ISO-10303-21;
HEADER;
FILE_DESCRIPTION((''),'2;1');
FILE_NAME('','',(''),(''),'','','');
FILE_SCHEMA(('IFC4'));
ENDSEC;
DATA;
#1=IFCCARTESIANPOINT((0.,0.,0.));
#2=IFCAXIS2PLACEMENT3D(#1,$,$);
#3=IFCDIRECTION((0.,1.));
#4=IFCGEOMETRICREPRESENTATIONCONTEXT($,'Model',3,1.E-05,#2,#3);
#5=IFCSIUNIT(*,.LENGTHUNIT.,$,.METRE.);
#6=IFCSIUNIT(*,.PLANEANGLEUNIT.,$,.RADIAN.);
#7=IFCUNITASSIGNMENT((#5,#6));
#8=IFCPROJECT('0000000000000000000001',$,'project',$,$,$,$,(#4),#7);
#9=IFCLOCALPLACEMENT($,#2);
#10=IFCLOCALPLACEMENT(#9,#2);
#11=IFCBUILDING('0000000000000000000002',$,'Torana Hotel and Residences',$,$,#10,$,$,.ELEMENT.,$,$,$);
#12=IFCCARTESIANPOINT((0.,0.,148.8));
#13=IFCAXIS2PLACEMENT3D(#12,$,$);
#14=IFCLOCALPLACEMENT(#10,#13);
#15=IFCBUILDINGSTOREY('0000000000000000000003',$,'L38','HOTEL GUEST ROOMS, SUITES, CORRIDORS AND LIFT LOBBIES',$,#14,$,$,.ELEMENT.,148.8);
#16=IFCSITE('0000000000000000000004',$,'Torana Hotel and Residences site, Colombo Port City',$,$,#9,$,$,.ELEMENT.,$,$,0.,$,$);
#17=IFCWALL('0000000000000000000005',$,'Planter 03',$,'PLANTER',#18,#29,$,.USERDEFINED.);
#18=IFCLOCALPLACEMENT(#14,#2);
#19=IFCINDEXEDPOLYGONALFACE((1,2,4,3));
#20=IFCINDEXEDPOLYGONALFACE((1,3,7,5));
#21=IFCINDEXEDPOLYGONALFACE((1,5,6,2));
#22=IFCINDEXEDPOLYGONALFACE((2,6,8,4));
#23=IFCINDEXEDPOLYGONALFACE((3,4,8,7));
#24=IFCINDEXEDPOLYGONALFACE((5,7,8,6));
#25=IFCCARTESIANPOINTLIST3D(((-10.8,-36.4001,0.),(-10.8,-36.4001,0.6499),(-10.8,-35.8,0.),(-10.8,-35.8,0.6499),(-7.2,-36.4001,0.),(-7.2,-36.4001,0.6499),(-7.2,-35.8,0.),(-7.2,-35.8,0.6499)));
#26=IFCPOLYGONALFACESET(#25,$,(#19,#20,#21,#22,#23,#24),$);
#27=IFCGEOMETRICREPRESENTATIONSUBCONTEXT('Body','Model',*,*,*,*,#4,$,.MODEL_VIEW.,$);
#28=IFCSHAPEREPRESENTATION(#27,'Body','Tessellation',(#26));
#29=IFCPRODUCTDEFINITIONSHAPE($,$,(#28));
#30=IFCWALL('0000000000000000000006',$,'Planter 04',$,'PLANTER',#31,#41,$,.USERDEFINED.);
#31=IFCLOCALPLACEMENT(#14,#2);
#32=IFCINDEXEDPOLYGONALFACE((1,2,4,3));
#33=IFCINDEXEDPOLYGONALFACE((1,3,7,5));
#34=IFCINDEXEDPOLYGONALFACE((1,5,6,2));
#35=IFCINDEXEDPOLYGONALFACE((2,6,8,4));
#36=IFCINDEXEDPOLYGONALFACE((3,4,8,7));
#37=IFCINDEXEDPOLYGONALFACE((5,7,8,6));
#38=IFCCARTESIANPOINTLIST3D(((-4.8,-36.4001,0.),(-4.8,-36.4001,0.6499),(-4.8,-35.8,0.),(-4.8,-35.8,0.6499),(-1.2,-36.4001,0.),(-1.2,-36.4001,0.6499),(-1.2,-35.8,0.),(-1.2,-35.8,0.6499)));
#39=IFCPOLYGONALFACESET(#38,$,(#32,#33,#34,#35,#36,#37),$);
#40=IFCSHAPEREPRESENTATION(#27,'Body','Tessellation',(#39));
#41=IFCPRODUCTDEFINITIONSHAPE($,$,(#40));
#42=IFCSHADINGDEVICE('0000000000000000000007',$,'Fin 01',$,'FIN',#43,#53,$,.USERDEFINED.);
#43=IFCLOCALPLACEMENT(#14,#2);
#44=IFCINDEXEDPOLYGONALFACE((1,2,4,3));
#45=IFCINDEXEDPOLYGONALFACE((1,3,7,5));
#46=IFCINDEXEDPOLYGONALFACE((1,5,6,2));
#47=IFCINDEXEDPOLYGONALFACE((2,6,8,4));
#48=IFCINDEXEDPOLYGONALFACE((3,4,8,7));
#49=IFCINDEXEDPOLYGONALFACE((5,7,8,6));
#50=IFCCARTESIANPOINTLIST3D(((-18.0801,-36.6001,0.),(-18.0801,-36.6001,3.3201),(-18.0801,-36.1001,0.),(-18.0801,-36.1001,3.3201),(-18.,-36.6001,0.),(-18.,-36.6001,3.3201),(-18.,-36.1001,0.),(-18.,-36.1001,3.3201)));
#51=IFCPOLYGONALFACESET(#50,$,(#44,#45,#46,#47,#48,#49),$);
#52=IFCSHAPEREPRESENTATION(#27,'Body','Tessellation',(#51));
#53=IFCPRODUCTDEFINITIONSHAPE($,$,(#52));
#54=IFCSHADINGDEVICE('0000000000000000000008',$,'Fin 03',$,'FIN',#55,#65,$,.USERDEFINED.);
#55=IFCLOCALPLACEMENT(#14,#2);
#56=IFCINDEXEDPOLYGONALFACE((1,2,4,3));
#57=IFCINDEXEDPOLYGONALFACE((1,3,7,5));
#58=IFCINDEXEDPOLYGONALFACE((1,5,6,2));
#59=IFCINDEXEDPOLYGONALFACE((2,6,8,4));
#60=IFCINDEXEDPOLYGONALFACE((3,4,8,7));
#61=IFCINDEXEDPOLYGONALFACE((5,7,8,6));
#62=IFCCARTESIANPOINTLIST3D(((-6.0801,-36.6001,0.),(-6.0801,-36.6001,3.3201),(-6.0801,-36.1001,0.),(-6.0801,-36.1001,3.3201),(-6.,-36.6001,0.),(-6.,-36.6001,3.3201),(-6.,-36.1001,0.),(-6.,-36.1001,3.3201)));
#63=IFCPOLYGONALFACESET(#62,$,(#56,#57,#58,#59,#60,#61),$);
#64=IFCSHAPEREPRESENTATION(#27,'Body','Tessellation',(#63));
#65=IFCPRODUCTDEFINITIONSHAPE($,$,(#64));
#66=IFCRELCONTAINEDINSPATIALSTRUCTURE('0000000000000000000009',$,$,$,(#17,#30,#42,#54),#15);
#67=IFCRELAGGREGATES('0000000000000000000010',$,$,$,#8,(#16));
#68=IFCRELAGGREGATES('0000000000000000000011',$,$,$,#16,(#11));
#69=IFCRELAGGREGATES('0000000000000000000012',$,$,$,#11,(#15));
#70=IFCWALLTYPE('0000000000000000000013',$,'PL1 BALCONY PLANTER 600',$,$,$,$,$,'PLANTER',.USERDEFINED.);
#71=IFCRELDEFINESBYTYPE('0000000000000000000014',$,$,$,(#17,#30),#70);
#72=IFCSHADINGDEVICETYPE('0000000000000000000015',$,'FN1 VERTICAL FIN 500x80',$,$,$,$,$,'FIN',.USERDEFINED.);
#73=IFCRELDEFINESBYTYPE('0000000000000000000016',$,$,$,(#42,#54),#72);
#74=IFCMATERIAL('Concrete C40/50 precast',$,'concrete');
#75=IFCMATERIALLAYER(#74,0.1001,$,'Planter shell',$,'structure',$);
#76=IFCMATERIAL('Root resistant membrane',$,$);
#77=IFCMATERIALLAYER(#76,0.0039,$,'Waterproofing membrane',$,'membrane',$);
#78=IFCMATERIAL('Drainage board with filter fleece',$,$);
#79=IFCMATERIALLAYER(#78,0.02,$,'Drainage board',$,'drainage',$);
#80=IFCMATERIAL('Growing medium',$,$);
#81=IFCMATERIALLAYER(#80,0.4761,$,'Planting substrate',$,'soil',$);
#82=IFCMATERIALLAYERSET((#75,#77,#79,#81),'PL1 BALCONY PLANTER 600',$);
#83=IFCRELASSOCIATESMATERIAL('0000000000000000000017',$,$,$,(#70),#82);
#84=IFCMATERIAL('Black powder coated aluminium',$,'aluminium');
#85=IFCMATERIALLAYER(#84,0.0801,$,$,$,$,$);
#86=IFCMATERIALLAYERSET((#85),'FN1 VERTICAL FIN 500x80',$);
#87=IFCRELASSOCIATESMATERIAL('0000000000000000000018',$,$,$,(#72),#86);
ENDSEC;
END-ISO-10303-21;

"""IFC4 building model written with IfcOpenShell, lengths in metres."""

from ifc_helpers import new_model, si_unit, direction, frame, frame_2d, origin, origin_2d, place, context, subcontext, project, spatial, rectangle, extrude, material, layer, layer_set, type_object, element, save


model = new_model("IFC4")

# Units and contexts
model_context = context("Model", 3, precision=1e-05, world=origin(), true_north=direction((0.0, 1.0)))
body_context = subcontext(model_context, "Body", "Model", "MODEL_VIEW")
ifc_project = project(units=[si_unit("LENGTHUNIT", "METRE"), si_unit("PLANEANGLEUNIT", "RADIAN")], contexts=[model_context])

# Site, building, storey
site_placement = place(None, origin())
site = spatial("IfcSite", under=ifc_project, at=site_placement, Name="Torana Hotel and Residences site, Colombo Port City", CompositionType="ELEMENT", RefElevation=0.0)
building_placement = place(site_placement, origin())
building = spatial("IfcBuilding", under=site, at=building_placement, Name="Torana Hotel and Residences", CompositionType="ELEMENT")
storey_placement = place(building_placement, frame((0.0, 0.0, 148.8)))
storey = spatial("IfcBuildingStorey", under=building, at=storey_placement, Name="L38", Description="HOTEL GUEST ROOMS, SUITES, CORRIDORS AND LIFT LOBBIES", CompositionType="ELEMENT", Elevation=148.8)

# Walls
ifc_material_1 = material(Name="Concrete C40/50 precast", Category="concrete")
ifc_layer_1 = layer(ifc_material_1, 0.1001, Name="Planter shell", Category="structure")
ifc_material_2 = material(Name="Root resistant membrane")
ifc_layer_2 = layer(ifc_material_2, 0.0039, Name="Waterproofing membrane", Category="membrane")
ifc_material_3 = material(Name="Drainage board with filter fleece")
ifc_layer_3 = layer(ifc_material_3, 0.02, Name="Drainage board", Category="drainage")
ifc_material_4 = material(Name="Growing medium")
ifc_layer_4 = layer(ifc_material_4, 0.4761, Name="Planting substrate", Category="soil")
ifc_layer_set_1 = layer_set([ifc_layer_1, ifc_layer_2, ifc_layer_3, ifc_layer_4], Name="PL1 BALCONY PLANTER 600")
wall_type_1 = type_object("IfcWallType", Name="PL1 BALCONY PLANTER 600", ElementType="PLANTER", PredefinedType="USERDEFINED", material=ifc_layer_set_1)
for number, where, z_axis, x_axis, name in (
    (1, (-7.2, -36.1001, 0.0), (0.0, 0.0, 1.0), (-1.0, 0.0, 0.0), "Planter 03"),
    (2, (-1.2, -36.1001, 0.0), (0.0, 0.0, 1.0), (-1.0, 0.0, 0.0), "Planter 04"),
):
    element("IfcWall", number, at=place(storey_placement, frame(where, z_axis=z_axis, x_axis=x_axis)), inside=storey, type_object=wall_type_1, Name=name, ObjectType="PLANTER", PredefinedType="USERDEFINED", context=body_context, shape_type="SweptSolid", body=[
        extrude(rectangle(XDim=3.6001, YDim=0.6001, at=frame_2d((1.8, 0.0))), origin(), (0.0, 0.0, 1.0), 0.6499),
    ])

# Shading devices
ifc_material_5 = material(Name="Black powder coated aluminium", Category="aluminium")
ifc_layer_5 = layer(ifc_material_5, 0.0801)
ifc_layer_set_2 = layer_set([ifc_layer_5], Name="FN1 VERTICAL FIN 500x80")
shading_device_type = type_object("IfcShadingDeviceType", Name="FN1 VERTICAL FIN 500x80", ElementType="FIN", PredefinedType="USERDEFINED", material=ifc_layer_set_2)
for number, where, z_axis, x_axis, name in (
    (3, (-18.04, -36.3501, 0.0), (0.0, 0.0, 1.0), (-1.0, 0.0, 0.0), "Fin 01"),
    (4, (-6.04, -36.3501, 0.0), (0.0, 0.0, 1.0), (-1.0, 0.0, 0.0), "Fin 03"),
):
    element("IfcShadingDevice", number, at=place(storey_placement, frame(where, z_axis=z_axis, x_axis=x_axis)), inside=storey, type_object=shading_device_type, Name=name, ObjectType="FIN", PredefinedType="USERDEFINED", context=body_context, shape_type="SweptSolid", body=[
        extrude(rectangle(XDim=0.0801, YDim=0.5, at=origin_2d()), origin(), (0.0, 0.0, 1.0), 3.3201),
    ])

save(model, "model.ifc")
